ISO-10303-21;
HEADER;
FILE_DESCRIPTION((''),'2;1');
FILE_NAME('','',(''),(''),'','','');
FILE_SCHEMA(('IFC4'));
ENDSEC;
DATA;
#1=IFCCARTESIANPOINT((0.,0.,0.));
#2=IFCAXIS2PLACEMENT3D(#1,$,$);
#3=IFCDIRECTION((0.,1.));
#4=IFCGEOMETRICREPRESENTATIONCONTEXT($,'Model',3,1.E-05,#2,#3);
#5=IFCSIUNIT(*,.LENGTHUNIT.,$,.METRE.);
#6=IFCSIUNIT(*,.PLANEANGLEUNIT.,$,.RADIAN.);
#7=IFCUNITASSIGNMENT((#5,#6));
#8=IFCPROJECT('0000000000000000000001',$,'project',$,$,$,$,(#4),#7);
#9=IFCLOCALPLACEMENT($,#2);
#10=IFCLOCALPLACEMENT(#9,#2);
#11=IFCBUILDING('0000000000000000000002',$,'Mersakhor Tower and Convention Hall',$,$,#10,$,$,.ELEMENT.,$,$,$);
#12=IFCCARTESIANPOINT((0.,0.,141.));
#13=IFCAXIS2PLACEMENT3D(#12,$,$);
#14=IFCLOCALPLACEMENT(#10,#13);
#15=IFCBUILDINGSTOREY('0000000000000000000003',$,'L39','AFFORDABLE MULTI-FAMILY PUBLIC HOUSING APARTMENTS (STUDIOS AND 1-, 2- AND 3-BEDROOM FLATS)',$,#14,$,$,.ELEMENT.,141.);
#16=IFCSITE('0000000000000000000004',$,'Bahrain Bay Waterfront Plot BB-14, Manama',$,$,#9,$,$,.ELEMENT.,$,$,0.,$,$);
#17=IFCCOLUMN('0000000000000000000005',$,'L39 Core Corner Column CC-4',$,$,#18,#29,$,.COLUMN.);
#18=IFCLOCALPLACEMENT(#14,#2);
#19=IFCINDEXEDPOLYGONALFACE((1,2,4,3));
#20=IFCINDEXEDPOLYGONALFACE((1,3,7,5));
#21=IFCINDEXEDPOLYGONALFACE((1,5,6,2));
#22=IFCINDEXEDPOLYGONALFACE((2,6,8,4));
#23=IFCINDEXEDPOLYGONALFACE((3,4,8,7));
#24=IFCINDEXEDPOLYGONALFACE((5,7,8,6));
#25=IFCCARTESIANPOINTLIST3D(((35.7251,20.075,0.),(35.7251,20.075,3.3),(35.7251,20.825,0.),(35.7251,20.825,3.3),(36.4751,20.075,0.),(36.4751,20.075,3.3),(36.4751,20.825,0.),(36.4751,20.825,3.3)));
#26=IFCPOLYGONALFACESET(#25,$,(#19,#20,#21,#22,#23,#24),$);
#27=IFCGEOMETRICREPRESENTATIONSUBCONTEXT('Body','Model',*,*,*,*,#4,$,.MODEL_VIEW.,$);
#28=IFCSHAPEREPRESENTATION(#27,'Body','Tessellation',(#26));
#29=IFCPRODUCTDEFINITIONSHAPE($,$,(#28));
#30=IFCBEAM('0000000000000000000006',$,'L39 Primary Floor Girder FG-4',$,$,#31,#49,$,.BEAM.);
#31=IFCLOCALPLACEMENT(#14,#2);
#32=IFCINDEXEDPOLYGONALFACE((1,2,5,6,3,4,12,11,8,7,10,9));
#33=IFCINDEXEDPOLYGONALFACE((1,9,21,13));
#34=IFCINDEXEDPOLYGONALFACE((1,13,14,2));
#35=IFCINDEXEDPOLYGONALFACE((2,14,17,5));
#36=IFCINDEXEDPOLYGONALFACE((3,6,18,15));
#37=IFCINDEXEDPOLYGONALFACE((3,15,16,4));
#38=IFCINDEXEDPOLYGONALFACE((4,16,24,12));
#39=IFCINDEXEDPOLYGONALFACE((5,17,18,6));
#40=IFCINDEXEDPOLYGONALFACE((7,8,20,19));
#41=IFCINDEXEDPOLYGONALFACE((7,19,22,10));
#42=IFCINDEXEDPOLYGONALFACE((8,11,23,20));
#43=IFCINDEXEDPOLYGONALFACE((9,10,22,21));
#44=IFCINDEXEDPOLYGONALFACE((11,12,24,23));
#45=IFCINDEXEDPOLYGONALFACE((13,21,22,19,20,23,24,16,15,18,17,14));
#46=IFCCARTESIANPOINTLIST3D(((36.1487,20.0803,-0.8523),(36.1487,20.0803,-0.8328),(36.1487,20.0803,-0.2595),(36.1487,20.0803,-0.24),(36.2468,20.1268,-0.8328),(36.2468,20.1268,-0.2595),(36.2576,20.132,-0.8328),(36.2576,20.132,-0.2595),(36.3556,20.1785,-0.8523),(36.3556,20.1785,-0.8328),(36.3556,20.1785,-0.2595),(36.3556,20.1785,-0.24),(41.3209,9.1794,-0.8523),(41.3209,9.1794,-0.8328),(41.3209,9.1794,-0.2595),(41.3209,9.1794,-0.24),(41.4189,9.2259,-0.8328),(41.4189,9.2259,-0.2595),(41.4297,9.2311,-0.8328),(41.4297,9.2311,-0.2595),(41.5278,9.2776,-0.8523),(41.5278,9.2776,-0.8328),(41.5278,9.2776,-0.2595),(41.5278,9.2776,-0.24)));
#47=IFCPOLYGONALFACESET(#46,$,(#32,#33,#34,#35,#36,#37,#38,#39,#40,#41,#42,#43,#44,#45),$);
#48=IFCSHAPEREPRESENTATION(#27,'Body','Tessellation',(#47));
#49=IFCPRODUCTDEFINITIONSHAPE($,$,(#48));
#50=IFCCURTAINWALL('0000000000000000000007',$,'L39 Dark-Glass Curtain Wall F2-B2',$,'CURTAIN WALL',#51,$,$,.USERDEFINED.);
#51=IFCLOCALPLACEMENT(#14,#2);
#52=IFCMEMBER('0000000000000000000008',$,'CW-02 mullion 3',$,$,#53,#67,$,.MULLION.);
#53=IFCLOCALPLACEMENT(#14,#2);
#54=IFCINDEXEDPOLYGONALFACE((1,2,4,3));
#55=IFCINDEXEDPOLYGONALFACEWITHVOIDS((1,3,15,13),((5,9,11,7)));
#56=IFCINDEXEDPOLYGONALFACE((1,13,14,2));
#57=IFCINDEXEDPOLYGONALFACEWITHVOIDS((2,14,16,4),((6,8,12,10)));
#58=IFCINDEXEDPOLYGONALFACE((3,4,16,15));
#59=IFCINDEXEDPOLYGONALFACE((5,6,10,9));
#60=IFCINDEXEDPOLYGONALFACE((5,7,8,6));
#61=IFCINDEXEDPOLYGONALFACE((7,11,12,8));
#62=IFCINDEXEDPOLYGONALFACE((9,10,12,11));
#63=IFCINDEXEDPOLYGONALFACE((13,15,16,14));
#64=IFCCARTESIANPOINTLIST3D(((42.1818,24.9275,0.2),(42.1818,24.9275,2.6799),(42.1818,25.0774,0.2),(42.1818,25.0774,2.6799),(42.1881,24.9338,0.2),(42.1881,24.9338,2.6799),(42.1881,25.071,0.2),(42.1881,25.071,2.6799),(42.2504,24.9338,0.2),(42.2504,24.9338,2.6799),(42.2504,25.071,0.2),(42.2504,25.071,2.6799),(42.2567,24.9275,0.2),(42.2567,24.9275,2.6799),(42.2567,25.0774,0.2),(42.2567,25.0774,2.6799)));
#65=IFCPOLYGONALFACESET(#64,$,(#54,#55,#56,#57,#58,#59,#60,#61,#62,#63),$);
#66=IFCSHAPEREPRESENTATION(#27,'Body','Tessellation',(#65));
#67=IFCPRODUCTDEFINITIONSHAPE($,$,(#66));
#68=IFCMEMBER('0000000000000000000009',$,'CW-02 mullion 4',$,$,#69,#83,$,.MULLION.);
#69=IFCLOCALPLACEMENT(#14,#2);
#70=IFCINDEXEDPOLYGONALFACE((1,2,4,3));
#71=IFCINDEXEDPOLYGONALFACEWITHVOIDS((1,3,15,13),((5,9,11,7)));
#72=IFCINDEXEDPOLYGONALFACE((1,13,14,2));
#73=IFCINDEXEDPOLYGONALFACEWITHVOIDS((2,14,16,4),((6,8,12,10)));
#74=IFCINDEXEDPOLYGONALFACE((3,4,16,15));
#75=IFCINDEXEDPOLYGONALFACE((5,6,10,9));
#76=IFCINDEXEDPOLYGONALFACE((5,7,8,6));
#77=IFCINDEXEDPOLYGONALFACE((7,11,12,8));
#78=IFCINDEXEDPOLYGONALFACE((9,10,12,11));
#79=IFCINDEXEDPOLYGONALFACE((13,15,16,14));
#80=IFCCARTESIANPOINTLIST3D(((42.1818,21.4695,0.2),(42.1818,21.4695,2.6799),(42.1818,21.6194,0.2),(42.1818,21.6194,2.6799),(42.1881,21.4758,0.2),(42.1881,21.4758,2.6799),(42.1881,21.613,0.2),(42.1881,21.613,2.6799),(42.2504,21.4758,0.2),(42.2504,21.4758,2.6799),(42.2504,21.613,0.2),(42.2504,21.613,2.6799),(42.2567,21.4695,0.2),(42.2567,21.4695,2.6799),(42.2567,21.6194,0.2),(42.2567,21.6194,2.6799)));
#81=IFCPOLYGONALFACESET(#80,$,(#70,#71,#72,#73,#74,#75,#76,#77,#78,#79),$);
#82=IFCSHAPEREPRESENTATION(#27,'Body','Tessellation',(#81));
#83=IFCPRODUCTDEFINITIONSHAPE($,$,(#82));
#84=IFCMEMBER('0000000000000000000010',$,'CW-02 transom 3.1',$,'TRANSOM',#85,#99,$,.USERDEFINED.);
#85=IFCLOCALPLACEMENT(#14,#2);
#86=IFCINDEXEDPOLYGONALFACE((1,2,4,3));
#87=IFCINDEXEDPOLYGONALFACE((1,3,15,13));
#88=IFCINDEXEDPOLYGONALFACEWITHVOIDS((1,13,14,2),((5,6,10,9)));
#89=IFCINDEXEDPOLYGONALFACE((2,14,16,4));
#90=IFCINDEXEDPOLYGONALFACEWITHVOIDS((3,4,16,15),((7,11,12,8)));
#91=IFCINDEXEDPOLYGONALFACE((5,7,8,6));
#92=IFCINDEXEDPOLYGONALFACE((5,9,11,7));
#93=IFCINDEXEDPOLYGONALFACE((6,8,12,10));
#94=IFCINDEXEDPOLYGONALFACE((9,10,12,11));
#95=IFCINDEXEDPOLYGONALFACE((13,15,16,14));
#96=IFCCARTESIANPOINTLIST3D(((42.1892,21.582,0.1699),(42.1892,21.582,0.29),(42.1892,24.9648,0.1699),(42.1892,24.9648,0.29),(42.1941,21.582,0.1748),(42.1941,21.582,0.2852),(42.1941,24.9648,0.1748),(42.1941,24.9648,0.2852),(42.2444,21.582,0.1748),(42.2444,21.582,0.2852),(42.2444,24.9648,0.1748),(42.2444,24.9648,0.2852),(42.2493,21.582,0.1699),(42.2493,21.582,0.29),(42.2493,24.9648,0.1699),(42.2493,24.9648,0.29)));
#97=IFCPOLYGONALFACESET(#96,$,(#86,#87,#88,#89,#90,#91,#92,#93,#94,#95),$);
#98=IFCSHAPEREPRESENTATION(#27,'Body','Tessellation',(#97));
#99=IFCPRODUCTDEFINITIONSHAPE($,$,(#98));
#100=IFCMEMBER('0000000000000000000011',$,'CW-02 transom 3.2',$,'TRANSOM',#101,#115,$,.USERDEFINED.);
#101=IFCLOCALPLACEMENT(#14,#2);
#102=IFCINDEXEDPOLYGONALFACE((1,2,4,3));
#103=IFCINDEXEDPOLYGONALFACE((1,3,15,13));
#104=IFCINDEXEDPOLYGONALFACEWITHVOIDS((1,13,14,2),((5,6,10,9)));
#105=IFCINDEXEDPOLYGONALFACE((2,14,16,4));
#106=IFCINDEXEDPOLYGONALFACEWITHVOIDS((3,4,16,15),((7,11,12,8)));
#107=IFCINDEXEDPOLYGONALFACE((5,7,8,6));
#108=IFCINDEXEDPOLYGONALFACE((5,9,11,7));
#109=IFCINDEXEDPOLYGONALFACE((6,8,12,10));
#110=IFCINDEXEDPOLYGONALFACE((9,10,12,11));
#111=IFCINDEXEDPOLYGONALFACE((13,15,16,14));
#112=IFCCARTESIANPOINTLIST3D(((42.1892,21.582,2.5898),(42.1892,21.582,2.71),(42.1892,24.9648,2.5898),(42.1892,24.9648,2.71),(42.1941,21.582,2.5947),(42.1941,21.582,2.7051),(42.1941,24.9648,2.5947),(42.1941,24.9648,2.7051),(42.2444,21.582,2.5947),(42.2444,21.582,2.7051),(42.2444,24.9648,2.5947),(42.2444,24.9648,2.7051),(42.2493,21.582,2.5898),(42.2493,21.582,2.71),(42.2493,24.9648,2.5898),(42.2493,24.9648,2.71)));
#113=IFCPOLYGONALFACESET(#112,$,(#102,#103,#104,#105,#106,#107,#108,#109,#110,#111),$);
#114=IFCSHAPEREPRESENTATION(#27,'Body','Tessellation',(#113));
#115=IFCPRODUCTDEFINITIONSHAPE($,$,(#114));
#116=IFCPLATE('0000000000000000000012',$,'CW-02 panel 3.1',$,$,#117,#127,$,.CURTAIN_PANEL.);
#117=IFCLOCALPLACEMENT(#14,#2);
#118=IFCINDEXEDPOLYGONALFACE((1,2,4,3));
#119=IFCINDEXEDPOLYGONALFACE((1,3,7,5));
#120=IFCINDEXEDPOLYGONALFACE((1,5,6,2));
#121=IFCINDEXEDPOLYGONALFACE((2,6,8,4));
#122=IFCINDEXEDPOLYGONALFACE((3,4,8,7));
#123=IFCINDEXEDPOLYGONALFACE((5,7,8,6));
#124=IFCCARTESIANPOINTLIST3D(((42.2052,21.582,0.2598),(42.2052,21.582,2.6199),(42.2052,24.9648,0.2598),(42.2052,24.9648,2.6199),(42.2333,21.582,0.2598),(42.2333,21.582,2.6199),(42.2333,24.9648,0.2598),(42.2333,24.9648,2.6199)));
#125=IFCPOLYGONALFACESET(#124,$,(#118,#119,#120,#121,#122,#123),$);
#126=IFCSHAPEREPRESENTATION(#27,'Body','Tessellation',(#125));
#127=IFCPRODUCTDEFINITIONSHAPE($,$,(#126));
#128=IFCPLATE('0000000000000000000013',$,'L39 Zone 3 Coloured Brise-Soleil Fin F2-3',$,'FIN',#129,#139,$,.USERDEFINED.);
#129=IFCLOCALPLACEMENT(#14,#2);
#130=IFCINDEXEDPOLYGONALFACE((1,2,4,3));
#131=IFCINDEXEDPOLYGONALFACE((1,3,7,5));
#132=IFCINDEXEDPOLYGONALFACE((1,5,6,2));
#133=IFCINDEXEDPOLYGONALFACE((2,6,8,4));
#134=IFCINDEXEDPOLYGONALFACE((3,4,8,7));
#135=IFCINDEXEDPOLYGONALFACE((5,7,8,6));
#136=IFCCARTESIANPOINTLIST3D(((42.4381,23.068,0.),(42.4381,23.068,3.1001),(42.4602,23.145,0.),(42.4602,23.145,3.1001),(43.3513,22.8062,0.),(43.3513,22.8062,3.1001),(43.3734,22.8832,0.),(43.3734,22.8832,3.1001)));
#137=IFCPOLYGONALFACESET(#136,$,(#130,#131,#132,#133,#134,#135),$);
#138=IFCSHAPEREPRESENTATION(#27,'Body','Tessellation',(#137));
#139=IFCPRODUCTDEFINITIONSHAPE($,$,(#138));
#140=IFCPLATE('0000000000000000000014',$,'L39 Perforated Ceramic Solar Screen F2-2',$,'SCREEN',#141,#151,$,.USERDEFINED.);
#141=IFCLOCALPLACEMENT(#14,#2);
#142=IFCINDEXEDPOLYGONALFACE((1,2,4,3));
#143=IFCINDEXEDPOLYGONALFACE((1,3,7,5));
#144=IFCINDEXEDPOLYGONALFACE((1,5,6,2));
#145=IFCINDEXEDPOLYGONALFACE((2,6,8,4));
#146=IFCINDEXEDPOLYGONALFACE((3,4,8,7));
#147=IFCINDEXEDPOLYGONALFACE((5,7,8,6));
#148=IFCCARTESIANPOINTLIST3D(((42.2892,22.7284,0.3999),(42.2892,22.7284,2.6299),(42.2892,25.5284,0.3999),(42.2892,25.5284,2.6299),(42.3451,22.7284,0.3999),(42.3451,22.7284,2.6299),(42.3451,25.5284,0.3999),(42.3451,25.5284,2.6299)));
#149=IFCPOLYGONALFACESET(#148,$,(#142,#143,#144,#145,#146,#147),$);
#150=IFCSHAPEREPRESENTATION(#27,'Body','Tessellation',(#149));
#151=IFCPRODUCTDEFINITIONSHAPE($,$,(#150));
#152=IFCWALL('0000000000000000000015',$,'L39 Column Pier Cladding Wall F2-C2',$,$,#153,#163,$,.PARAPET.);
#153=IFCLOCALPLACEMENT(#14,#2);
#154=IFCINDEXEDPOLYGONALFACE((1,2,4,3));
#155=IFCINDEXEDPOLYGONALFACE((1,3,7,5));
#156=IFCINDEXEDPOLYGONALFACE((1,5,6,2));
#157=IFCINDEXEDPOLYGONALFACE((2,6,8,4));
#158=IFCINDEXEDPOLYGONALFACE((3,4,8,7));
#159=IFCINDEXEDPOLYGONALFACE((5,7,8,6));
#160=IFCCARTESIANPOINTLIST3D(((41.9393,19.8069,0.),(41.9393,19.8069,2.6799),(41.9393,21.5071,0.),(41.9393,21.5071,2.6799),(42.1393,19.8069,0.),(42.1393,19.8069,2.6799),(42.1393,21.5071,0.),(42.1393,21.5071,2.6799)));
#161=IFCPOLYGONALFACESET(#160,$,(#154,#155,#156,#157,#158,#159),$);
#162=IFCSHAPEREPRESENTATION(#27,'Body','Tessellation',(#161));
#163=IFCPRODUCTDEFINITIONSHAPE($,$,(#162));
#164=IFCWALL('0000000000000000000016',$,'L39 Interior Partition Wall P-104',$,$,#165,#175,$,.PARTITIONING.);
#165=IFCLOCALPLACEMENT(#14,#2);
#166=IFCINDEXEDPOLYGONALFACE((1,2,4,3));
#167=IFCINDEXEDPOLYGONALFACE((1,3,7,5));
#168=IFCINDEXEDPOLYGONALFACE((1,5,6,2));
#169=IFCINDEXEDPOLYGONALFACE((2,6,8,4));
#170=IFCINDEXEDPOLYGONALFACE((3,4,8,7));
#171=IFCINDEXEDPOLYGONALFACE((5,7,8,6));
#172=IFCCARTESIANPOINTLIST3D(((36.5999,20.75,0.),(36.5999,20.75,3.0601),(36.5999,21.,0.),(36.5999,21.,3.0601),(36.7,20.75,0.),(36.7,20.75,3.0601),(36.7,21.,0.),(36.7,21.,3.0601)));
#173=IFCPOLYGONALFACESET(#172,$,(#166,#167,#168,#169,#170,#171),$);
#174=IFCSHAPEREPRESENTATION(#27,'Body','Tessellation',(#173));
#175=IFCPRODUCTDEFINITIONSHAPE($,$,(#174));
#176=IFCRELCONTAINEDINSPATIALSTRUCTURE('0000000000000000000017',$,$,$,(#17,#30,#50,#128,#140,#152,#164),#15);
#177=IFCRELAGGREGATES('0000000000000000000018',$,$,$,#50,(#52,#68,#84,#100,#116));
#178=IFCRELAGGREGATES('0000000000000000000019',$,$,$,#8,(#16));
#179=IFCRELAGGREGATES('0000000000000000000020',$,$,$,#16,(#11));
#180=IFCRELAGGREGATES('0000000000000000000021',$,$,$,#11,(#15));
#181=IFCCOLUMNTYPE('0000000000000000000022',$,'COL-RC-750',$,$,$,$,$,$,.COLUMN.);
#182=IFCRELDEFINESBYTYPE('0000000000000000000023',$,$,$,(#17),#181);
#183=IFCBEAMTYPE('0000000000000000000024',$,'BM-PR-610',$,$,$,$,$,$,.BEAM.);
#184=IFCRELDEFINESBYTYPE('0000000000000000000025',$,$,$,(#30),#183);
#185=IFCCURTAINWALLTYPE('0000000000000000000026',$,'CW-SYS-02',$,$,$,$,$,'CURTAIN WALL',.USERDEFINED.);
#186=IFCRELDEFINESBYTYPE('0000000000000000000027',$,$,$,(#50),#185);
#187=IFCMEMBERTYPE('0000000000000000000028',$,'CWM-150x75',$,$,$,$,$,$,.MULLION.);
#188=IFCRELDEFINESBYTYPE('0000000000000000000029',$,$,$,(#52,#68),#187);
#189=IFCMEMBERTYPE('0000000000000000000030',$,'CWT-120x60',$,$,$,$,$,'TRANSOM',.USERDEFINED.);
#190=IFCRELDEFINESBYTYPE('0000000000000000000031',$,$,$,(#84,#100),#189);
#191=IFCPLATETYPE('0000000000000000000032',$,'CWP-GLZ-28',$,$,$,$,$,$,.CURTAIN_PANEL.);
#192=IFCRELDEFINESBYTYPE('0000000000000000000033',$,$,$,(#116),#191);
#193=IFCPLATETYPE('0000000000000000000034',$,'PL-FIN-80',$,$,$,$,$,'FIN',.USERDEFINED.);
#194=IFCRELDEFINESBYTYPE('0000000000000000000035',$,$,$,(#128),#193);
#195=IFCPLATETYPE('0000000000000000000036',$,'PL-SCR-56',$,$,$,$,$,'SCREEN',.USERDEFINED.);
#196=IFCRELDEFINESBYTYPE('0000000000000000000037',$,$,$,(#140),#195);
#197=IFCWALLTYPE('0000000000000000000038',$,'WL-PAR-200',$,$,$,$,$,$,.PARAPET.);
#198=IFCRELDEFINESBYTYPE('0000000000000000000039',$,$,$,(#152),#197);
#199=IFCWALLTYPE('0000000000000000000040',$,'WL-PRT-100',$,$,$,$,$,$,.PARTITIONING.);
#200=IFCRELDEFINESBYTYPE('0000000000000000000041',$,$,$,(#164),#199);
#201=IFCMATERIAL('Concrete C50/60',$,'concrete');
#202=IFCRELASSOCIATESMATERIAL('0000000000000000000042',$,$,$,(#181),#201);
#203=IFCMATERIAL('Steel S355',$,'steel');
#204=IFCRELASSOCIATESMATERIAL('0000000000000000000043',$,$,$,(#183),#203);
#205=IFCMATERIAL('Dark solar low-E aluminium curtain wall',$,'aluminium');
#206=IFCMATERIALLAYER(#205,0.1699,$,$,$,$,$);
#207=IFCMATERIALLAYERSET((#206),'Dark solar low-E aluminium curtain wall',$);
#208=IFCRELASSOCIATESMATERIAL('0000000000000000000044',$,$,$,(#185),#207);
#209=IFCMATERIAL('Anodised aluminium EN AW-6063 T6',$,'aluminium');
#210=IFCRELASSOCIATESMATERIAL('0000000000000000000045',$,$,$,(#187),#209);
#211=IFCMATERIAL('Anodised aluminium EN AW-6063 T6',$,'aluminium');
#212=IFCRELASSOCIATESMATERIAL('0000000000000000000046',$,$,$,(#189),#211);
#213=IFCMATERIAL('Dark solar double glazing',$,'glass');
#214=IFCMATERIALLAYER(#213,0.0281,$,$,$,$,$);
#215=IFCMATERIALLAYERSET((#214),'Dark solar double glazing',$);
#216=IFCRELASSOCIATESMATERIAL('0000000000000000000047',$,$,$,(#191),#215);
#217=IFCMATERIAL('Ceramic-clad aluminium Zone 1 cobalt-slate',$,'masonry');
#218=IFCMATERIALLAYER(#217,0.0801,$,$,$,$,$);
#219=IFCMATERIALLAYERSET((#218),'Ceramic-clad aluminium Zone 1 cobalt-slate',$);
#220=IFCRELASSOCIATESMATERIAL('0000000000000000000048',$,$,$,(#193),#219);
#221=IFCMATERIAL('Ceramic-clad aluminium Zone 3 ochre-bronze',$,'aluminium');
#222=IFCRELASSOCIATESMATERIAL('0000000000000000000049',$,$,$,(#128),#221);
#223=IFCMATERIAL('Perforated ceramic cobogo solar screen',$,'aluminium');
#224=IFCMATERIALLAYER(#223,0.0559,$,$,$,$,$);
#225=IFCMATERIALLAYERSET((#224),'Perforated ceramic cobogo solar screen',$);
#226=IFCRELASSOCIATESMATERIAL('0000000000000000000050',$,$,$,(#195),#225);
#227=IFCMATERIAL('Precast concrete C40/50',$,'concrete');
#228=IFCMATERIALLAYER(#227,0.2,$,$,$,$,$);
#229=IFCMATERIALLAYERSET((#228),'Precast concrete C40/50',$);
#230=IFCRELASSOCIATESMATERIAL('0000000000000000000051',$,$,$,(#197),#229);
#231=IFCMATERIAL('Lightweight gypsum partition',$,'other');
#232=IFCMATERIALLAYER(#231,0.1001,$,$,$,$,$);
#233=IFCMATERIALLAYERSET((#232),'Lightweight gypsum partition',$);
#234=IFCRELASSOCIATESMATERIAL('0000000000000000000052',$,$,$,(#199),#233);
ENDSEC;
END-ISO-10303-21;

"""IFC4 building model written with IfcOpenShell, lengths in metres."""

from ifc_helpers import new_model, si_unit, direction, frame, frame_2d, origin, origin_2d, place, context, subcontext, project, spatial, rectangle, hollow_rectangle, i_section, extrude, material, layer, layer_set, material_profile, profile_set, type_object, element, aggregate, save


model = new_model("IFC4")

# Units and contexts
model_context = context("Model", 3, precision=1e-05, world=origin(), true_north=direction((0.0, 1.0)))
body_context = subcontext(model_context, "Body", "Model", "MODEL_VIEW")
ifc_project = project(units=[si_unit("LENGTHUNIT", "METRE"), si_unit("PLANEANGLEUNIT", "RADIAN")], contexts=[model_context])

# Site, building, storey
site_placement = place(None, origin())
site = spatial("IfcSite", under=ifc_project, at=site_placement, Name="Bahrain Bay Waterfront Plot BB-14, Manama", CompositionType="ELEMENT", RefElevation=0.0)
building_placement = place(site_placement, origin())
building = spatial("IfcBuilding", under=site, at=building_placement, Name="Mersakhor Tower and Convention Hall", CompositionType="ELEMENT")
storey_placement = place(building_placement, frame((0.0, 0.0, 141.0)))
storey = spatial("IfcBuildingStorey", under=building, at=storey_placement, Name="L39", Description="AFFORDABLE MULTI-FAMILY PUBLIC HOUSING APARTMENTS (STUDIOS AND 1-, 2- AND 3-BEDROOM FLATS)", CompositionType="ELEMENT", Elevation=141.0)

# Column
ifc_material_1 = material(Name="Concrete C50/60", Category="concrete")
ifc_material_profile_1 = material_profile(ifc_material_1, rectangle(XDim=0.75, YDim=0.75, at=origin_2d()), Name="RC 750x750")
ifc_profile_set_1 = profile_set([ifc_material_profile_1], Name="Concrete C50/60")
column_type = type_object("IfcColumnType", Name="COL-RC-750", PredefinedType="COLUMN", material=ifc_profile_set_1)
column_placement = place(storey_placement, frame((36.1001, 20.45, 0.0), z_axis=(0.0, 0.0, 1.0), x_axis=(1.0, 0.0, 0.0)))
element("IfcColumn", 1, at=column_placement, inside=storey, type_object=column_type, Name="L39 Core Corner Column CC-4", PredefinedType="COLUMN", context=body_context, shape_type="SweptSolid", body=[
    extrude(rectangle(XDim=0.75, YDim=0.75, at=origin_2d()), origin(), (0.0, 0.0, 1.0), 3.3),
])

# Beam
ifc_material_2 = material(Name="Steel S355", Category="steel")
ifc_material_profile_2 = material_profile(ifc_material_2, i_section(OverallWidth=0.229, OverallDepth=0.6123, WebThickness=0.012, FlangeThickness=0.0195, at=origin_2d()), Name="UB 610x229x125")
ifc_profile_set_2 = profile_set([ifc_material_profile_2], Name="Steel S355")
beam_type = type_object("IfcBeamType", Name="BM-PR-610", PredefinedType="BEAM", material=ifc_profile_set_2)
beam_placement = place(storey_placement, frame((36.2522, 20.1294, -0.5461), z_axis=(0.428665, -0.903464, 0.0), x_axis=(0.903464, 0.428665, 0.0)))
element("IfcBeam", 2, at=beam_placement, inside=storey, type_object=beam_type, Name="L39 Primary Floor Girder FG-4", PredefinedType="BEAM", context=body_context, shape_type="SweptSolid", body=[
    extrude(i_section(OverallWidth=0.229, OverallDepth=0.6123, WebThickness=0.012, FlangeThickness=0.0195, at=origin_2d()), origin(), (0.0, 0.0, 1.0), 12.0657),
])

# Curtain wall, members, plate
ifc_material_3 = material(Name="Dark solar low-E aluminium curtain wall", Category="aluminium")
ifc_layer_1 = layer(ifc_material_3, 0.1699)
ifc_layer_set_1 = layer_set([ifc_layer_1], Name="Dark solar low-E aluminium curtain wall")
curtain_wall_type = type_object("IfcCurtainWallType", Name="CW-SYS-02", ElementType="CURTAIN WALL", PredefinedType="USERDEFINED", material=ifc_layer_set_1)
curtain_wall_placement = place(storey_placement, origin())
curtain_wall = element("IfcCurtainWall", 3, at=curtain_wall_placement, inside=storey, type_object=curtain_wall_type, Name="L39 Dark-Glass Curtain Wall F2-B2", ObjectType="CURTAIN WALL", PredefinedType="USERDEFINED")
ifc_material_4 = material(Name="Anodised aluminium EN AW-6063 T6", Category="aluminium")
ifc_material_profile_3 = material_profile(ifc_material_4, hollow_rectangle(XDim=0.075, YDim=0.1499, WallThickness=0.0063, at=origin_2d()), Name="RHS 150x75x6.3")
ifc_profile_set_3 = profile_set([ifc_material_profile_3], Name="Anodised aluminium EN AW-6063 T6")
member_type_1 = type_object("IfcMemberType", Name="CWM-150x75", PredefinedType="MULLION", material=ifc_profile_set_3)
member_1_placement = place(storey_placement, frame((42.2192, 25.0024, 0.2), z_axis=(0.0, 0.0, 1.0), x_axis=(1.0, 0.0, 0.0)))
member_1 = element("IfcMember", 4, at=member_1_placement, type_object=member_type_1, Name="CW-02 mullion 3", PredefinedType="MULLION", context=body_context, shape_type="SweptSolid", body=[
    extrude(hollow_rectangle(XDim=0.075, YDim=0.1499, WallThickness=0.0063, at=origin_2d()), origin(), (0.0, 0.0, 1.0), 2.48),
])
member_2_placement = place(storey_placement, frame((42.2192, 21.5444, 0.2), z_axis=(0.0, 0.0, 1.0), x_axis=(1.0, 0.0, 0.0)))
member_2 = element("IfcMember", 5, at=member_2_placement, type_object=member_type_1, Name="CW-02 mullion 4", PredefinedType="MULLION", context=body_context, shape_type="SweptSolid", body=[
    extrude(hollow_rectangle(XDim=0.075, YDim=0.1499, WallThickness=0.0063, at=origin_2d()), origin(), (0.0, 0.0, 1.0), 2.48),
])
ifc_material_5 = material(Name="Anodised aluminium EN AW-6063 T6", Category="aluminium")
ifc_material_profile_4 = material_profile(ifc_material_5, hollow_rectangle(XDim=0.0601, YDim=0.1201, WallThickness=0.0049, at=origin_2d()), Name="RHS 120x60x5")
ifc_profile_set_4 = profile_set([ifc_material_profile_4], Name="Anodised aluminium EN AW-6063 T6")
member_type_2 = type_object("IfcMemberType", Name="CWT-120x60", ElementType="TRANSOM", PredefinedType="USERDEFINED", material=ifc_profile_set_4)
member_3_placement = place(storey_placement, frame((42.2192, 24.9648, 0.23), z_axis=(0.0, -1.0, 0.0), x_axis=(1.0, 0.0, 0.0)))
member_3 = element("IfcMember", 6, at=member_3_placement, type_object=member_type_2, Name="CW-02 transom 3.1", ObjectType="TRANSOM", PredefinedType="USERDEFINED", context=body_context, shape_type="SweptSolid", body=[
    extrude(hollow_rectangle(XDim=0.0601, YDim=0.1201, WallThickness=0.0049, at=origin_2d()), origin(), (0.0, 0.0, 1.0), 3.3828),
])
member_4_placement = place(storey_placement, frame((42.2192, 24.9648, 2.6499), z_axis=(0.0, -1.0, 0.0), x_axis=(1.0, 0.0, 0.0)))
member_4 = element("IfcMember", 7, at=member_4_placement, type_object=member_type_2, Name="CW-02 transom 3.2", ObjectType="TRANSOM", PredefinedType="USERDEFINED", context=body_context, shape_type="SweptSolid", body=[
    extrude(hollow_rectangle(XDim=0.0601, YDim=0.1201, WallThickness=0.0049, at=origin_2d()), origin(), (0.0, 0.0, 1.0), 3.3828),
])
ifc_material_6 = material(Name="Dark solar double glazing", Category="glass")
ifc_layer_2 = layer(ifc_material_6, 0.0281)
ifc_layer_set_2 = layer_set([ifc_layer_2], Name="Dark solar double glazing")
plate_type_1 = type_object("IfcPlateType", Name="CWP-GLZ-28", PredefinedType="CURTAIN_PANEL", material=ifc_layer_set_2)
plate_1_placement = place(storey_placement, frame((42.2192, 23.2734, 0.2598), z_axis=(0.0, 0.0, 1.0), x_axis=(0.0, -1.0, 0.0)))
plate_1 = element("IfcPlate", 8, at=plate_1_placement, type_object=plate_type_1, Name="CW-02 panel 3.1", PredefinedType="CURTAIN_PANEL", context=body_context, shape_type="SweptSolid", body=[
    extrude(rectangle(XDim=3.3828, YDim=0.0281, at=origin_2d()), origin(), (0.0, 0.0, 1.0), 2.3601),
])
aggregate(curtain_wall, [member_1, member_2, member_3, member_4, plate_1])

# Plates
ifc_material_7 = material(Name="Ceramic-clad aluminium Zone 3 ochre-bronze", Category="aluminium")
ifc_material_8 = material(Name="Ceramic-clad aluminium Zone 1 cobalt-slate", Category="masonry")
ifc_layer_3 = layer(ifc_material_8, 0.0801)
ifc_layer_set_3 = layer_set([ifc_layer_3], Name="Ceramic-clad aluminium Zone 1 cobalt-slate")
plate_type_2 = type_object("IfcPlateType", Name="PL-FIN-80", ElementType="FIN", PredefinedType="USERDEFINED", material=ifc_layer_set_3)
plate_2_placement = place(storey_placement, frame((42.9058, 22.9756, 0.0), z_axis=(0.0, 0.0, 1.0), x_axis=(0.961262, -0.275637, 0.0)))
element("IfcPlate", 9, at=plate_2_placement, inside=storey, type_object=plate_type_2, material=ifc_material_7, Name="L39 Zone 3 Coloured Brise-Soleil Fin F2-3", ObjectType="FIN", PredefinedType="USERDEFINED", context=body_context, shape_type="SweptSolid", body=[
    extrude(rectangle(XDim=0.95, YDim=0.0801, at=origin_2d()), origin(), (0.0, 0.0, 1.0), 3.1001),
])
ifc_material_9 = material(Name="Perforated ceramic cobogo solar screen", Category="aluminium")
ifc_layer_4 = layer(ifc_material_9, 0.0559)
ifc_layer_set_4 = layer_set([ifc_layer_4], Name="Perforated ceramic cobogo solar screen")
plate_type_3 = type_object("IfcPlateType", Name="PL-SCR-56", ElementType="SCREEN", PredefinedType="USERDEFINED", material=ifc_layer_set_4)
plate_3_placement = place(storey_placement, frame((42.3171, 24.1284, 0.3999), z_axis=(0.0, 0.0, 1.0), x_axis=(0.0, -1.0, 0.0)))
element("IfcPlate", 10, at=plate_3_placement, inside=storey, type_object=plate_type_3, Name="L39 Perforated Ceramic Solar Screen F2-2", ObjectType="SCREEN", PredefinedType="USERDEFINED", context=body_context, shape_type="SweptSolid", body=[
    extrude(rectangle(XDim=2.8, YDim=0.0559, at=origin_2d()), origin(), (0.0, 0.0, 1.0), 2.23),
])

# Walls
ifc_material_10 = material(Name="Precast concrete C40/50", Category="concrete")
ifc_layer_5 = layer(ifc_material_10, 0.2)
ifc_layer_set_5 = layer_set([ifc_layer_5], Name="Precast concrete C40/50")
wall_type_1 = type_object("IfcWallType", Name="WL-PAR-200", PredefinedType="PARAPET", material=ifc_layer_set_5)
wall_1_placement = place(storey_placement, frame((42.0393, 21.5071, 0.0), z_axis=(0.0, 0.0, 1.0), x_axis=(0.0, -1.0, 0.0)))
element("IfcWall", 11, at=wall_1_placement, inside=storey, type_object=wall_type_1, Name="L39 Column Pier Cladding Wall F2-C2", PredefinedType="PARAPET", context=body_context, shape_type="SweptSolid", body=[
    extrude(rectangle(XDim=1.7002, YDim=0.2, at=frame_2d((0.8501, 0.0))), origin(), (0.0, 0.0, 1.0), 2.6799),
])
ifc_material_11 = material(Name="Lightweight gypsum partition", Category="other")
ifc_layer_6 = layer(ifc_material_11, 0.1001)
ifc_layer_set_6 = layer_set([ifc_layer_6], Name="Lightweight gypsum partition")
wall_type_2 = type_object("IfcWallType", Name="WL-PRT-100", PredefinedType="PARTITIONING", material=ifc_layer_set_6)
wall_2_placement = place(storey_placement, frame((36.6499, 20.75, 0.0), z_axis=(0.0, 0.0, 1.0), x_axis=(0.0, 1.0, 0.0)))
element("IfcWall", 12, at=wall_2_placement, inside=storey, type_object=wall_type_2, Name="L39 Interior Partition Wall P-104", PredefinedType="PARTITIONING", context=body_context, shape_type="SweptSolid", body=[
    extrude(rectangle(XDim=0.25, YDim=0.1001, at=frame_2d((0.125, 0.0))), origin(), (0.0, 0.0, 1.0), 3.0601),
])

save(model, "model.ifc")
